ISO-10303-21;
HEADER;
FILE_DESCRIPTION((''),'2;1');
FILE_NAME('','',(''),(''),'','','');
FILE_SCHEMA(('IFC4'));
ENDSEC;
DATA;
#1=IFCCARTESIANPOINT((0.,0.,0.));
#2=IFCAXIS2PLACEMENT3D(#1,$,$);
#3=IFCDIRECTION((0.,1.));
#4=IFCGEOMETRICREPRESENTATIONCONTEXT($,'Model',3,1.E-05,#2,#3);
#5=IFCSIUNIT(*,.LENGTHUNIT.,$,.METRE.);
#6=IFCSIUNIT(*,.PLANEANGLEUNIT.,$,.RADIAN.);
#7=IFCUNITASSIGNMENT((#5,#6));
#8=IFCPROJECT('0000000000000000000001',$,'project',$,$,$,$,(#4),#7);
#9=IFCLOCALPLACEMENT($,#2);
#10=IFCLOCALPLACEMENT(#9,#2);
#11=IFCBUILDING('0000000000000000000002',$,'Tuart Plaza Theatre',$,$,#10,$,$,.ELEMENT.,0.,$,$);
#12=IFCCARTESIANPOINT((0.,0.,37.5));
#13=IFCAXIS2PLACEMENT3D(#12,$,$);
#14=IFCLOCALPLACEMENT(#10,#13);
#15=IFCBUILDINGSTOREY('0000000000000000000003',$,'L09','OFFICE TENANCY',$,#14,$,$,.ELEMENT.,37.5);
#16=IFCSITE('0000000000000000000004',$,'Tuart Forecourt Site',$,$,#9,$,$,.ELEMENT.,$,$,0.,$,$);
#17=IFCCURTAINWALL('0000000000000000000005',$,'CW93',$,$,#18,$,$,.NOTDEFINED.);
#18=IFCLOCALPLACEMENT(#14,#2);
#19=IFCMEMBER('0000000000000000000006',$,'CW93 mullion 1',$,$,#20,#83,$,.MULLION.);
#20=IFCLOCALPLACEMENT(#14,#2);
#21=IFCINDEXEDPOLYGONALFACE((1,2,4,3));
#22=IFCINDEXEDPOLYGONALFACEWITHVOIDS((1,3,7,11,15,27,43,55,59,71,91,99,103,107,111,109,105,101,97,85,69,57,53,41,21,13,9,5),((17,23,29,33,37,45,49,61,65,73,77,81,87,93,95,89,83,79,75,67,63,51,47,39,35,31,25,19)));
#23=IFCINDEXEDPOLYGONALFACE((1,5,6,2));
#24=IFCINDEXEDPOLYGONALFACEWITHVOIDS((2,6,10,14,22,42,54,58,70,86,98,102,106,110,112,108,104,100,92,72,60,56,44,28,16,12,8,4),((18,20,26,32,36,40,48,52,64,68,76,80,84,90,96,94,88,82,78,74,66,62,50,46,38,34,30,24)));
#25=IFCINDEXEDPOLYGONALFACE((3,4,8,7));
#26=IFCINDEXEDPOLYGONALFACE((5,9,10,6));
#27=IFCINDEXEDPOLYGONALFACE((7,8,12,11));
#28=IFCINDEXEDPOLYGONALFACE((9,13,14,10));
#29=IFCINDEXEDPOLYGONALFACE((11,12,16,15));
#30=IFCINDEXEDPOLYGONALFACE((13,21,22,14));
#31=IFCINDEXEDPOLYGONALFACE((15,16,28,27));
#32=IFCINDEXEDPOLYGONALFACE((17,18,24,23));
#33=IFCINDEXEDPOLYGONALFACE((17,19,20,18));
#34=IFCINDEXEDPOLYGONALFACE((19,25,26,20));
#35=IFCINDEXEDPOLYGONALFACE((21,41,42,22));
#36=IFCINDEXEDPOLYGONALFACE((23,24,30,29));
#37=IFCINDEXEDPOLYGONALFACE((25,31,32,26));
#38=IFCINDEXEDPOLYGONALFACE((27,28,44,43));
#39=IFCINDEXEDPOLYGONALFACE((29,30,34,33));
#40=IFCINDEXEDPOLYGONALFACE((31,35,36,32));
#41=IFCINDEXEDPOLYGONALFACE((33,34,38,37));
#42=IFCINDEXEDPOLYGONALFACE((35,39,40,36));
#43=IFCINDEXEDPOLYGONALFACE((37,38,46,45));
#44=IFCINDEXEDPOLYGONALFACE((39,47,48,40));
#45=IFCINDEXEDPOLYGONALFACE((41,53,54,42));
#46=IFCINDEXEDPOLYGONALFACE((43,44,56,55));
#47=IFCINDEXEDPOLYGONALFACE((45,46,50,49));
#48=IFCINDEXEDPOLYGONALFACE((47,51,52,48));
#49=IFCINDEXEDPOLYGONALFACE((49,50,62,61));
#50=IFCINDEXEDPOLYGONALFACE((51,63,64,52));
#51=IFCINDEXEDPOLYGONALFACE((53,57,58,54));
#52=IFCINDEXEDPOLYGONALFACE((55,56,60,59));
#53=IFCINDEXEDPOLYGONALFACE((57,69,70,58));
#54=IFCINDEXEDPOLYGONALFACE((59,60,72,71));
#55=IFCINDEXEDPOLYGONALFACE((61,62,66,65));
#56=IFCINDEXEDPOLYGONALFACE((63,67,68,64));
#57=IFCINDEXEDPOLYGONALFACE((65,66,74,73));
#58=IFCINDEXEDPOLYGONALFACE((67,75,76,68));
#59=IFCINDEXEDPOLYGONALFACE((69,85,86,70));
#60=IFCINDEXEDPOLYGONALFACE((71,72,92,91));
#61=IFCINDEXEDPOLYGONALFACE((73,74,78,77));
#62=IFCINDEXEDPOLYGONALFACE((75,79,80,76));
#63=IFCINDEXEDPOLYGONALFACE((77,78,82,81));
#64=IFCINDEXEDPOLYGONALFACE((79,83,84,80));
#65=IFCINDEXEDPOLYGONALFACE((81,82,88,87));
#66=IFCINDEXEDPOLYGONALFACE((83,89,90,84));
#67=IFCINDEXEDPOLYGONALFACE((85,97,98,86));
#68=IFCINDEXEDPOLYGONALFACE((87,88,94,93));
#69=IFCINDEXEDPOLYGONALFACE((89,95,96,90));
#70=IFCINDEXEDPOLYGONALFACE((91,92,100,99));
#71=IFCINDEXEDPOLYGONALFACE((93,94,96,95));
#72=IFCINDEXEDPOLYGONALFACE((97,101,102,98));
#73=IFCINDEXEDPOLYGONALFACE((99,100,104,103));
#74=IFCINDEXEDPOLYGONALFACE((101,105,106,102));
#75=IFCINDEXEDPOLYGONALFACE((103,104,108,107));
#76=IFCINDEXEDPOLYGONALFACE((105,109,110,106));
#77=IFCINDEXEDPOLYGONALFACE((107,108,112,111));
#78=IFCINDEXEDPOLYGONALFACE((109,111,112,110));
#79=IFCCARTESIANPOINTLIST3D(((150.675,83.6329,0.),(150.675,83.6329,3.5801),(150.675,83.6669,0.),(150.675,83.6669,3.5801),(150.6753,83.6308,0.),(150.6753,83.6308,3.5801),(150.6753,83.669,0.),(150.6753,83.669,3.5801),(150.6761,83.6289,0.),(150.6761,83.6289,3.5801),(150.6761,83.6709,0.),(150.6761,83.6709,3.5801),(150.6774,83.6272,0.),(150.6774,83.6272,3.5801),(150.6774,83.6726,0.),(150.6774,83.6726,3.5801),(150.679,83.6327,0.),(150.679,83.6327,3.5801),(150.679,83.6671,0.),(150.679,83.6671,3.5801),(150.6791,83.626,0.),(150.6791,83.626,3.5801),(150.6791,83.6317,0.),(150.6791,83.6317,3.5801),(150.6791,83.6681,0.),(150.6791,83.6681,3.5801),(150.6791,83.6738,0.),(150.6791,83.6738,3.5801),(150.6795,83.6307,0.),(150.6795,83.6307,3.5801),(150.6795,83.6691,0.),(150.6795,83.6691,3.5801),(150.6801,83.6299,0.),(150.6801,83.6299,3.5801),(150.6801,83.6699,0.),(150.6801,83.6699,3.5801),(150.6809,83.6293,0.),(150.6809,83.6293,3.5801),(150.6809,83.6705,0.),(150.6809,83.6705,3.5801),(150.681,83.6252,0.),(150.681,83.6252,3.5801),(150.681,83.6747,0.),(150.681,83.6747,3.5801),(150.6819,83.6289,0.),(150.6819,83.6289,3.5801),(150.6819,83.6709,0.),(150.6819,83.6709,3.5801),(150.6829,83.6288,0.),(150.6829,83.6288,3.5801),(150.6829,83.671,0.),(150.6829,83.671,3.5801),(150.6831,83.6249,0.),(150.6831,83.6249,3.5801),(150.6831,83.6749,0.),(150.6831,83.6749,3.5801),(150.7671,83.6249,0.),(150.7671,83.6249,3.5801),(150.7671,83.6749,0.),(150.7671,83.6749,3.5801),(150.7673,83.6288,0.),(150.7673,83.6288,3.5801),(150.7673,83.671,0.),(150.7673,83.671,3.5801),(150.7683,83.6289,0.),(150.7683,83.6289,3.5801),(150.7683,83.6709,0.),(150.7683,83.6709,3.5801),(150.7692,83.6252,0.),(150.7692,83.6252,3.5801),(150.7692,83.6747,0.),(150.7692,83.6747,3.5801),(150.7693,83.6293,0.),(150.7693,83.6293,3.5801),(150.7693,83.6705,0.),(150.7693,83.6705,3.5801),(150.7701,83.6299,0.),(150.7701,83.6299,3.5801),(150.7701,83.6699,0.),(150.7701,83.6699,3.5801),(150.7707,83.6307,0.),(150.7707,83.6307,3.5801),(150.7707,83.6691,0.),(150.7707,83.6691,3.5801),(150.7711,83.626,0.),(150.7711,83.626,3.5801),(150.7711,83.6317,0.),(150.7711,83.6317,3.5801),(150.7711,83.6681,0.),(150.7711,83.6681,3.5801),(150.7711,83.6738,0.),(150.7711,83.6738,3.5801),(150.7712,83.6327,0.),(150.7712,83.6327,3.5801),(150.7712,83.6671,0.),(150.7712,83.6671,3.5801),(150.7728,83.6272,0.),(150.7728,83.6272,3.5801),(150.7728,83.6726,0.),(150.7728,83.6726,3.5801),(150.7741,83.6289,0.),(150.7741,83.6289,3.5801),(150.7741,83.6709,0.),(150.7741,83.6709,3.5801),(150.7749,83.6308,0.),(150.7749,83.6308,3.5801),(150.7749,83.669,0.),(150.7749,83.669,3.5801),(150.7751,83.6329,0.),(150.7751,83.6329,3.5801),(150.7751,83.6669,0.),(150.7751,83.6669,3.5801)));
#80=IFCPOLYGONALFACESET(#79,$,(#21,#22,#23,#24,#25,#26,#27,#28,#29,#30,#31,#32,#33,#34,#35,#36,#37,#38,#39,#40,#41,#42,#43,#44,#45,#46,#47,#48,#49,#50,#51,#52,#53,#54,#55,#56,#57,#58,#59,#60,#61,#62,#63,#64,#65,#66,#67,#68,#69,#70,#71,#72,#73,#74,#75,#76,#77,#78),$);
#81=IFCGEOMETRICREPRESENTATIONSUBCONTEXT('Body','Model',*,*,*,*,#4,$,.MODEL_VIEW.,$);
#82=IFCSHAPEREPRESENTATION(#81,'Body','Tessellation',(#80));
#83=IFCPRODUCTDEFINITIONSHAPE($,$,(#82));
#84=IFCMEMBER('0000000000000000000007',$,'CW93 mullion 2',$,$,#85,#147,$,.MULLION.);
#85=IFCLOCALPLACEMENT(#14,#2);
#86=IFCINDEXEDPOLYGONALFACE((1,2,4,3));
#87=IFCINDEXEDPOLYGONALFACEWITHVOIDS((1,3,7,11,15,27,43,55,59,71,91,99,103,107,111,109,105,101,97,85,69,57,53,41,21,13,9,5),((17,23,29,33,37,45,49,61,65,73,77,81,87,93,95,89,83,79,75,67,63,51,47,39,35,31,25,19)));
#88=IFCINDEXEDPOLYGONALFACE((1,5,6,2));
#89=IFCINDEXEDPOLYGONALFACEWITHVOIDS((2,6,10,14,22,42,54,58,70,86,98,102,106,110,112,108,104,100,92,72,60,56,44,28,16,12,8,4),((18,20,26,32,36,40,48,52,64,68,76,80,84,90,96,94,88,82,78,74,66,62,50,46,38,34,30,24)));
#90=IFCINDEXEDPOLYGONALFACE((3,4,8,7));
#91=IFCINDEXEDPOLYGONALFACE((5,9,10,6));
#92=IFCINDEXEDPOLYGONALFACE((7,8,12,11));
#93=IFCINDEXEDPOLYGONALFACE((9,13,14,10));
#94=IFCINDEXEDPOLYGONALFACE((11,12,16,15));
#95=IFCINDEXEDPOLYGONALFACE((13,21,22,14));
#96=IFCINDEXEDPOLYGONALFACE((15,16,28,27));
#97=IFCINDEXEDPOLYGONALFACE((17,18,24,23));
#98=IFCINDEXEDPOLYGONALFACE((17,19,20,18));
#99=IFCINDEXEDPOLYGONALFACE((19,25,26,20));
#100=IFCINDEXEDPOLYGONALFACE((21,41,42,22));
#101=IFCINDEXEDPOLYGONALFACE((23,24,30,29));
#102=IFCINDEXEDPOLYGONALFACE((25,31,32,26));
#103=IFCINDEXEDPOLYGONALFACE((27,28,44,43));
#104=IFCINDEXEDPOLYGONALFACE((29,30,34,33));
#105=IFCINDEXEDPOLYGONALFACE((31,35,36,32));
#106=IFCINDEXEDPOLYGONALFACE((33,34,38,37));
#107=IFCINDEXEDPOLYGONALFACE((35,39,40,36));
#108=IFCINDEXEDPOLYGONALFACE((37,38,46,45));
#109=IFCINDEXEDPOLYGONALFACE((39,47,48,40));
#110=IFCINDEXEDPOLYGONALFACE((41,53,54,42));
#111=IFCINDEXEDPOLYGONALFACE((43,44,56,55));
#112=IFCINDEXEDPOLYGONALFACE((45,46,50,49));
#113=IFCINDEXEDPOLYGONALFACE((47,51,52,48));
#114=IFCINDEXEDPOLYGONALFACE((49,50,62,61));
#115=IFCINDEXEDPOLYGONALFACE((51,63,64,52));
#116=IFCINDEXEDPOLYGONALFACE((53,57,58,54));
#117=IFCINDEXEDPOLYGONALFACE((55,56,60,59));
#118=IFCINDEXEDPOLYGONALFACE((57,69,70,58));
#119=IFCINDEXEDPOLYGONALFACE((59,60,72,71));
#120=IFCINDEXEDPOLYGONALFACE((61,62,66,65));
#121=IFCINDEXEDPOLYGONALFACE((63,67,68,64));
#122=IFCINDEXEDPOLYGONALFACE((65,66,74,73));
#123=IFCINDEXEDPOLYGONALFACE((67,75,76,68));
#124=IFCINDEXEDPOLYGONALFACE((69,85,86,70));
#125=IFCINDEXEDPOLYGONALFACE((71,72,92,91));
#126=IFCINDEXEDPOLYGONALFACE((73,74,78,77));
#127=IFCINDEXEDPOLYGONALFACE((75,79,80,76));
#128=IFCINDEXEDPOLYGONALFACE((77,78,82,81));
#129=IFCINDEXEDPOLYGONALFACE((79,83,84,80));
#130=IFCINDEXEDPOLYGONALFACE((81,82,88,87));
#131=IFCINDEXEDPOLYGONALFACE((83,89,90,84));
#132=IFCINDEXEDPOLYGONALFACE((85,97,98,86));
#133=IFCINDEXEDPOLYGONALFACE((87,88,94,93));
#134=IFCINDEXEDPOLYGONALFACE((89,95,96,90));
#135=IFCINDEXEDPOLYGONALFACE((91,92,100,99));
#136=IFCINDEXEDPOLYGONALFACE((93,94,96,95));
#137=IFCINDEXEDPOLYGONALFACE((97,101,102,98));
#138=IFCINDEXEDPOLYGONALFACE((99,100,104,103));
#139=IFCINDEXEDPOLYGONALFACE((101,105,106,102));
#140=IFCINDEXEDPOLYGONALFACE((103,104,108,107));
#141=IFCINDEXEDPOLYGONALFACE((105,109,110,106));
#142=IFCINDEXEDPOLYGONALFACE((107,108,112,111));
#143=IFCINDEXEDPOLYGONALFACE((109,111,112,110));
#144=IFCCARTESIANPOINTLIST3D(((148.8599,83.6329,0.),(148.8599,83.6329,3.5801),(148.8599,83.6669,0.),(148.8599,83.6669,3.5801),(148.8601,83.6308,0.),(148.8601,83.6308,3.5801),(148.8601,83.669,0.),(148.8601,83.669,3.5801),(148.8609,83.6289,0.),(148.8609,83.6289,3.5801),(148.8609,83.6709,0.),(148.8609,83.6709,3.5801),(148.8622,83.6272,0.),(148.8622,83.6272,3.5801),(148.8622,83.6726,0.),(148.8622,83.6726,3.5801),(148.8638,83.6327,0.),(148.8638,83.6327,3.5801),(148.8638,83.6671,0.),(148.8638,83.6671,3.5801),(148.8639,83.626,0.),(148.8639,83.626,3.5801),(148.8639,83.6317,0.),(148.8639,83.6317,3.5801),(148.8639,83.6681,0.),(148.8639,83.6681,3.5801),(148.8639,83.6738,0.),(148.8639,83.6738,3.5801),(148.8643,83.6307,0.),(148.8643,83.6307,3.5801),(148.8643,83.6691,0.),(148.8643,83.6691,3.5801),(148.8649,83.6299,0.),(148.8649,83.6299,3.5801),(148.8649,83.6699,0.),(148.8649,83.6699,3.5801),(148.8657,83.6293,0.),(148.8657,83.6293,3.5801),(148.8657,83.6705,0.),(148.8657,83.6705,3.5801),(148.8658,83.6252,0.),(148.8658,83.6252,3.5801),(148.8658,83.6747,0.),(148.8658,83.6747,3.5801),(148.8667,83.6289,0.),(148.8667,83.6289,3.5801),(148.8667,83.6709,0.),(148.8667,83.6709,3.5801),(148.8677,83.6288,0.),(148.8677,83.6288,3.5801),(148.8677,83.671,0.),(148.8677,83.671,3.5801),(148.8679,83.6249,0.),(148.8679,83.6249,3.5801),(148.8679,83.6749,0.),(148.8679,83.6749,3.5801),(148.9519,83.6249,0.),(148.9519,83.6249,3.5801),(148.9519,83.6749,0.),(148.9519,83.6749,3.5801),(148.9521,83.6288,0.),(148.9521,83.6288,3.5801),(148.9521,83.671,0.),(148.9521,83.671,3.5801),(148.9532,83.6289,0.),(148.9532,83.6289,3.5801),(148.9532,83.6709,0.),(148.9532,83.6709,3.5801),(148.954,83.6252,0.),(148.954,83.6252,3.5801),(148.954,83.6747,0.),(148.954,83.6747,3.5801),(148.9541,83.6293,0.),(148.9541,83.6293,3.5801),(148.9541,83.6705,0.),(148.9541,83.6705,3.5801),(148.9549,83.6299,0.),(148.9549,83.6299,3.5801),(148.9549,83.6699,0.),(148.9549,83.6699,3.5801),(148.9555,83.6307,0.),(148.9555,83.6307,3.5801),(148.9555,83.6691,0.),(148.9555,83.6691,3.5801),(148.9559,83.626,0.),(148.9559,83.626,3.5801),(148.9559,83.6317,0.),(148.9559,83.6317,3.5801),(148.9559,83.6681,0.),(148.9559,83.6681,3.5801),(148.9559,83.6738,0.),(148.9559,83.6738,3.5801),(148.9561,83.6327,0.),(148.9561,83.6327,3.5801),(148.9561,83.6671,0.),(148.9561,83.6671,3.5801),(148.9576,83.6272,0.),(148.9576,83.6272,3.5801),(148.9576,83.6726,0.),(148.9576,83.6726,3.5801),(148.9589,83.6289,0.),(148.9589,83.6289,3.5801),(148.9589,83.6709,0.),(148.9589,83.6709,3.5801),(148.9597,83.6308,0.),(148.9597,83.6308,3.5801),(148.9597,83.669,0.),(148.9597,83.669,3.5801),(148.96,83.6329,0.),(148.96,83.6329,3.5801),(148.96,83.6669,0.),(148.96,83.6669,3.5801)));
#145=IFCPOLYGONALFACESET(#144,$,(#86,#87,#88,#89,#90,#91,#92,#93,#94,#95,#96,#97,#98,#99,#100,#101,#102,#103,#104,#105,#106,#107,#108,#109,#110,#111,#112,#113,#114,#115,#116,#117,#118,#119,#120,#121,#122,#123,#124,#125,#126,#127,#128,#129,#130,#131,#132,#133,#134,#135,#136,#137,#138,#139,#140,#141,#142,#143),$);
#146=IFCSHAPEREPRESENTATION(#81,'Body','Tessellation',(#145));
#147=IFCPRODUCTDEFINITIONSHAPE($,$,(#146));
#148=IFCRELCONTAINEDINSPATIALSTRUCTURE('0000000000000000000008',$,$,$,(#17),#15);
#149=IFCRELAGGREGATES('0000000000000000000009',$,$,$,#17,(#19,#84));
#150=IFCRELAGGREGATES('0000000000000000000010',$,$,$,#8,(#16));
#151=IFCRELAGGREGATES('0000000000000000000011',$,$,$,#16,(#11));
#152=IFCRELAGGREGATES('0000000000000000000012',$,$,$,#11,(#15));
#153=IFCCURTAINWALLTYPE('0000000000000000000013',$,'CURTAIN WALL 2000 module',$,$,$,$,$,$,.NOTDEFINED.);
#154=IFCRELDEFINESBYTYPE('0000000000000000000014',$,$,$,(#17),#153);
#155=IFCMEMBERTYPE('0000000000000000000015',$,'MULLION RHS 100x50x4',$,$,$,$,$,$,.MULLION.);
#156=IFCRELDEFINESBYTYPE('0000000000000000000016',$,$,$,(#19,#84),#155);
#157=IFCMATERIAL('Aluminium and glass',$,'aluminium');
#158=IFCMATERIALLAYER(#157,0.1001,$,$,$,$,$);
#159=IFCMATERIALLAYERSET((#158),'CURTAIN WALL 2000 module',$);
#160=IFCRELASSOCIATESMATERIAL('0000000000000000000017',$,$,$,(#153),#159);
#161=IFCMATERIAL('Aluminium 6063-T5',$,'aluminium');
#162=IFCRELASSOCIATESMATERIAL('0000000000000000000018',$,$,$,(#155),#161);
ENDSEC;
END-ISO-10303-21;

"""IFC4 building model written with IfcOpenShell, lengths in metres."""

from ifc_helpers import new_model, si_unit, direction, frame, origin, origin_2d, place, context, subcontext, project, spatial, hollow_rectangle, extrude, material, layer, layer_set, material_profile, profile_set, type_object, element, aggregate, save


model = new_model("IFC4")

# Units and contexts
model_context = context("Model", 3, precision=1e-05, world=origin(), true_north=direction((0.0, 1.0)))
body_context = subcontext(model_context, "Body", "Model", "MODEL_VIEW")
ifc_project = project(units=[si_unit("LENGTHUNIT", "METRE"), si_unit("PLANEANGLEUNIT", "RADIAN")], contexts=[model_context])

# Site, building, storey
site_placement = place(None, origin())
site = spatial("IfcSite", under=ifc_project, at=site_placement, Name="Tuart Forecourt Site", CompositionType="ELEMENT", RefElevation=0.0)
building_placement = place(site_placement, origin())
building = spatial("IfcBuilding", under=site, at=building_placement, Name="Tuart Plaza Theatre", CompositionType="ELEMENT", ElevationOfRefHeight=0.0)
storey_placement = place(building_placement, frame((0.0, 0.0, 37.5)))
storey = spatial("IfcBuildingStorey", under=building, at=storey_placement, Name="L09", Description="OFFICE TENANCY", CompositionType="ELEMENT", Elevation=37.5)

# Curtain wall, members
ifc_material_1 = material(Name="Aluminium and glass", Category="aluminium")
ifc_layer_1 = layer(ifc_material_1, 0.1001)
ifc_layer_set_1 = layer_set([ifc_layer_1], Name="CURTAIN WALL 2000 module")
curtain_wall_type_1 = type_object("IfcCurtainWallType", Name="CURTAIN WALL 2000 module", PredefinedType="NOTDEFINED", material=ifc_layer_set_1)
curtain_wall_1_placement = place(storey_placement, origin())
curtain_wall_1 = element("IfcCurtainWall", 1, at=curtain_wall_1_placement, inside=storey, type_object=curtain_wall_type_1, Name="CW93", PredefinedType="NOTDEFINED")
ifc_material_2 = material(Name="Aluminium 6063-T5", Category="aluminium")
ifc_material_profile_1 = material_profile(ifc_material_2, hollow_rectangle(XDim=0.05, YDim=0.1001, WallThickness=0.0039, InnerFilletRadius=0.0039, OuterFilletRadius=0.0081, at=origin_2d()), Name="RHS 100x50x4")
ifc_profile_set_1 = profile_set([ifc_material_profile_1], Name="Aluminium 6063-T5")
member_type_1 = type_object("IfcMemberType", Name="MULLION RHS 100x50x4", PredefinedType="MULLION", material=ifc_profile_set_1)
member_1_placement = place(storey_placement, frame((150.7251, 83.6499, 0.0), z_axis=(0.0, 0.0, 1.0), x_axis=(0.0, -1.0, 0.0)))
member_1 = element("IfcMember", 2, at=member_1_placement, type_object=member_type_1, Name="CW93 mullion 1", PredefinedType="MULLION", context=body_context, shape_type="SweptSolid", body=[
    extrude(hollow_rectangle(XDim=0.05, YDim=0.1001, WallThickness=0.0039, InnerFilletRadius=0.0039, OuterFilletRadius=0.0081, at=origin_2d()), origin(), (0.0, 0.0, 1.0), 3.5801),
])
member_2_placement = place(storey_placement, frame((148.9099, 83.6499, 0.0), z_axis=(0.0, 0.0, 1.0), x_axis=(0.0, -1.0, 0.0)))
member_2 = element("IfcMember", 3, at=member_2_placement, type_object=member_type_1, Name="CW93 mullion 2", PredefinedType="MULLION", context=body_context, shape_type="SweptSolid", body=[
    extrude(hollow_rectangle(XDim=0.05, YDim=0.1001, WallThickness=0.0039, InnerFilletRadius=0.0039, OuterFilletRadius=0.0081, at=origin_2d()), origin(), (0.0, 0.0, 1.0), 3.5801),
])

aggregate(curtain_wall_1, [member_1, member_2])

save(model, "model.ifc")
